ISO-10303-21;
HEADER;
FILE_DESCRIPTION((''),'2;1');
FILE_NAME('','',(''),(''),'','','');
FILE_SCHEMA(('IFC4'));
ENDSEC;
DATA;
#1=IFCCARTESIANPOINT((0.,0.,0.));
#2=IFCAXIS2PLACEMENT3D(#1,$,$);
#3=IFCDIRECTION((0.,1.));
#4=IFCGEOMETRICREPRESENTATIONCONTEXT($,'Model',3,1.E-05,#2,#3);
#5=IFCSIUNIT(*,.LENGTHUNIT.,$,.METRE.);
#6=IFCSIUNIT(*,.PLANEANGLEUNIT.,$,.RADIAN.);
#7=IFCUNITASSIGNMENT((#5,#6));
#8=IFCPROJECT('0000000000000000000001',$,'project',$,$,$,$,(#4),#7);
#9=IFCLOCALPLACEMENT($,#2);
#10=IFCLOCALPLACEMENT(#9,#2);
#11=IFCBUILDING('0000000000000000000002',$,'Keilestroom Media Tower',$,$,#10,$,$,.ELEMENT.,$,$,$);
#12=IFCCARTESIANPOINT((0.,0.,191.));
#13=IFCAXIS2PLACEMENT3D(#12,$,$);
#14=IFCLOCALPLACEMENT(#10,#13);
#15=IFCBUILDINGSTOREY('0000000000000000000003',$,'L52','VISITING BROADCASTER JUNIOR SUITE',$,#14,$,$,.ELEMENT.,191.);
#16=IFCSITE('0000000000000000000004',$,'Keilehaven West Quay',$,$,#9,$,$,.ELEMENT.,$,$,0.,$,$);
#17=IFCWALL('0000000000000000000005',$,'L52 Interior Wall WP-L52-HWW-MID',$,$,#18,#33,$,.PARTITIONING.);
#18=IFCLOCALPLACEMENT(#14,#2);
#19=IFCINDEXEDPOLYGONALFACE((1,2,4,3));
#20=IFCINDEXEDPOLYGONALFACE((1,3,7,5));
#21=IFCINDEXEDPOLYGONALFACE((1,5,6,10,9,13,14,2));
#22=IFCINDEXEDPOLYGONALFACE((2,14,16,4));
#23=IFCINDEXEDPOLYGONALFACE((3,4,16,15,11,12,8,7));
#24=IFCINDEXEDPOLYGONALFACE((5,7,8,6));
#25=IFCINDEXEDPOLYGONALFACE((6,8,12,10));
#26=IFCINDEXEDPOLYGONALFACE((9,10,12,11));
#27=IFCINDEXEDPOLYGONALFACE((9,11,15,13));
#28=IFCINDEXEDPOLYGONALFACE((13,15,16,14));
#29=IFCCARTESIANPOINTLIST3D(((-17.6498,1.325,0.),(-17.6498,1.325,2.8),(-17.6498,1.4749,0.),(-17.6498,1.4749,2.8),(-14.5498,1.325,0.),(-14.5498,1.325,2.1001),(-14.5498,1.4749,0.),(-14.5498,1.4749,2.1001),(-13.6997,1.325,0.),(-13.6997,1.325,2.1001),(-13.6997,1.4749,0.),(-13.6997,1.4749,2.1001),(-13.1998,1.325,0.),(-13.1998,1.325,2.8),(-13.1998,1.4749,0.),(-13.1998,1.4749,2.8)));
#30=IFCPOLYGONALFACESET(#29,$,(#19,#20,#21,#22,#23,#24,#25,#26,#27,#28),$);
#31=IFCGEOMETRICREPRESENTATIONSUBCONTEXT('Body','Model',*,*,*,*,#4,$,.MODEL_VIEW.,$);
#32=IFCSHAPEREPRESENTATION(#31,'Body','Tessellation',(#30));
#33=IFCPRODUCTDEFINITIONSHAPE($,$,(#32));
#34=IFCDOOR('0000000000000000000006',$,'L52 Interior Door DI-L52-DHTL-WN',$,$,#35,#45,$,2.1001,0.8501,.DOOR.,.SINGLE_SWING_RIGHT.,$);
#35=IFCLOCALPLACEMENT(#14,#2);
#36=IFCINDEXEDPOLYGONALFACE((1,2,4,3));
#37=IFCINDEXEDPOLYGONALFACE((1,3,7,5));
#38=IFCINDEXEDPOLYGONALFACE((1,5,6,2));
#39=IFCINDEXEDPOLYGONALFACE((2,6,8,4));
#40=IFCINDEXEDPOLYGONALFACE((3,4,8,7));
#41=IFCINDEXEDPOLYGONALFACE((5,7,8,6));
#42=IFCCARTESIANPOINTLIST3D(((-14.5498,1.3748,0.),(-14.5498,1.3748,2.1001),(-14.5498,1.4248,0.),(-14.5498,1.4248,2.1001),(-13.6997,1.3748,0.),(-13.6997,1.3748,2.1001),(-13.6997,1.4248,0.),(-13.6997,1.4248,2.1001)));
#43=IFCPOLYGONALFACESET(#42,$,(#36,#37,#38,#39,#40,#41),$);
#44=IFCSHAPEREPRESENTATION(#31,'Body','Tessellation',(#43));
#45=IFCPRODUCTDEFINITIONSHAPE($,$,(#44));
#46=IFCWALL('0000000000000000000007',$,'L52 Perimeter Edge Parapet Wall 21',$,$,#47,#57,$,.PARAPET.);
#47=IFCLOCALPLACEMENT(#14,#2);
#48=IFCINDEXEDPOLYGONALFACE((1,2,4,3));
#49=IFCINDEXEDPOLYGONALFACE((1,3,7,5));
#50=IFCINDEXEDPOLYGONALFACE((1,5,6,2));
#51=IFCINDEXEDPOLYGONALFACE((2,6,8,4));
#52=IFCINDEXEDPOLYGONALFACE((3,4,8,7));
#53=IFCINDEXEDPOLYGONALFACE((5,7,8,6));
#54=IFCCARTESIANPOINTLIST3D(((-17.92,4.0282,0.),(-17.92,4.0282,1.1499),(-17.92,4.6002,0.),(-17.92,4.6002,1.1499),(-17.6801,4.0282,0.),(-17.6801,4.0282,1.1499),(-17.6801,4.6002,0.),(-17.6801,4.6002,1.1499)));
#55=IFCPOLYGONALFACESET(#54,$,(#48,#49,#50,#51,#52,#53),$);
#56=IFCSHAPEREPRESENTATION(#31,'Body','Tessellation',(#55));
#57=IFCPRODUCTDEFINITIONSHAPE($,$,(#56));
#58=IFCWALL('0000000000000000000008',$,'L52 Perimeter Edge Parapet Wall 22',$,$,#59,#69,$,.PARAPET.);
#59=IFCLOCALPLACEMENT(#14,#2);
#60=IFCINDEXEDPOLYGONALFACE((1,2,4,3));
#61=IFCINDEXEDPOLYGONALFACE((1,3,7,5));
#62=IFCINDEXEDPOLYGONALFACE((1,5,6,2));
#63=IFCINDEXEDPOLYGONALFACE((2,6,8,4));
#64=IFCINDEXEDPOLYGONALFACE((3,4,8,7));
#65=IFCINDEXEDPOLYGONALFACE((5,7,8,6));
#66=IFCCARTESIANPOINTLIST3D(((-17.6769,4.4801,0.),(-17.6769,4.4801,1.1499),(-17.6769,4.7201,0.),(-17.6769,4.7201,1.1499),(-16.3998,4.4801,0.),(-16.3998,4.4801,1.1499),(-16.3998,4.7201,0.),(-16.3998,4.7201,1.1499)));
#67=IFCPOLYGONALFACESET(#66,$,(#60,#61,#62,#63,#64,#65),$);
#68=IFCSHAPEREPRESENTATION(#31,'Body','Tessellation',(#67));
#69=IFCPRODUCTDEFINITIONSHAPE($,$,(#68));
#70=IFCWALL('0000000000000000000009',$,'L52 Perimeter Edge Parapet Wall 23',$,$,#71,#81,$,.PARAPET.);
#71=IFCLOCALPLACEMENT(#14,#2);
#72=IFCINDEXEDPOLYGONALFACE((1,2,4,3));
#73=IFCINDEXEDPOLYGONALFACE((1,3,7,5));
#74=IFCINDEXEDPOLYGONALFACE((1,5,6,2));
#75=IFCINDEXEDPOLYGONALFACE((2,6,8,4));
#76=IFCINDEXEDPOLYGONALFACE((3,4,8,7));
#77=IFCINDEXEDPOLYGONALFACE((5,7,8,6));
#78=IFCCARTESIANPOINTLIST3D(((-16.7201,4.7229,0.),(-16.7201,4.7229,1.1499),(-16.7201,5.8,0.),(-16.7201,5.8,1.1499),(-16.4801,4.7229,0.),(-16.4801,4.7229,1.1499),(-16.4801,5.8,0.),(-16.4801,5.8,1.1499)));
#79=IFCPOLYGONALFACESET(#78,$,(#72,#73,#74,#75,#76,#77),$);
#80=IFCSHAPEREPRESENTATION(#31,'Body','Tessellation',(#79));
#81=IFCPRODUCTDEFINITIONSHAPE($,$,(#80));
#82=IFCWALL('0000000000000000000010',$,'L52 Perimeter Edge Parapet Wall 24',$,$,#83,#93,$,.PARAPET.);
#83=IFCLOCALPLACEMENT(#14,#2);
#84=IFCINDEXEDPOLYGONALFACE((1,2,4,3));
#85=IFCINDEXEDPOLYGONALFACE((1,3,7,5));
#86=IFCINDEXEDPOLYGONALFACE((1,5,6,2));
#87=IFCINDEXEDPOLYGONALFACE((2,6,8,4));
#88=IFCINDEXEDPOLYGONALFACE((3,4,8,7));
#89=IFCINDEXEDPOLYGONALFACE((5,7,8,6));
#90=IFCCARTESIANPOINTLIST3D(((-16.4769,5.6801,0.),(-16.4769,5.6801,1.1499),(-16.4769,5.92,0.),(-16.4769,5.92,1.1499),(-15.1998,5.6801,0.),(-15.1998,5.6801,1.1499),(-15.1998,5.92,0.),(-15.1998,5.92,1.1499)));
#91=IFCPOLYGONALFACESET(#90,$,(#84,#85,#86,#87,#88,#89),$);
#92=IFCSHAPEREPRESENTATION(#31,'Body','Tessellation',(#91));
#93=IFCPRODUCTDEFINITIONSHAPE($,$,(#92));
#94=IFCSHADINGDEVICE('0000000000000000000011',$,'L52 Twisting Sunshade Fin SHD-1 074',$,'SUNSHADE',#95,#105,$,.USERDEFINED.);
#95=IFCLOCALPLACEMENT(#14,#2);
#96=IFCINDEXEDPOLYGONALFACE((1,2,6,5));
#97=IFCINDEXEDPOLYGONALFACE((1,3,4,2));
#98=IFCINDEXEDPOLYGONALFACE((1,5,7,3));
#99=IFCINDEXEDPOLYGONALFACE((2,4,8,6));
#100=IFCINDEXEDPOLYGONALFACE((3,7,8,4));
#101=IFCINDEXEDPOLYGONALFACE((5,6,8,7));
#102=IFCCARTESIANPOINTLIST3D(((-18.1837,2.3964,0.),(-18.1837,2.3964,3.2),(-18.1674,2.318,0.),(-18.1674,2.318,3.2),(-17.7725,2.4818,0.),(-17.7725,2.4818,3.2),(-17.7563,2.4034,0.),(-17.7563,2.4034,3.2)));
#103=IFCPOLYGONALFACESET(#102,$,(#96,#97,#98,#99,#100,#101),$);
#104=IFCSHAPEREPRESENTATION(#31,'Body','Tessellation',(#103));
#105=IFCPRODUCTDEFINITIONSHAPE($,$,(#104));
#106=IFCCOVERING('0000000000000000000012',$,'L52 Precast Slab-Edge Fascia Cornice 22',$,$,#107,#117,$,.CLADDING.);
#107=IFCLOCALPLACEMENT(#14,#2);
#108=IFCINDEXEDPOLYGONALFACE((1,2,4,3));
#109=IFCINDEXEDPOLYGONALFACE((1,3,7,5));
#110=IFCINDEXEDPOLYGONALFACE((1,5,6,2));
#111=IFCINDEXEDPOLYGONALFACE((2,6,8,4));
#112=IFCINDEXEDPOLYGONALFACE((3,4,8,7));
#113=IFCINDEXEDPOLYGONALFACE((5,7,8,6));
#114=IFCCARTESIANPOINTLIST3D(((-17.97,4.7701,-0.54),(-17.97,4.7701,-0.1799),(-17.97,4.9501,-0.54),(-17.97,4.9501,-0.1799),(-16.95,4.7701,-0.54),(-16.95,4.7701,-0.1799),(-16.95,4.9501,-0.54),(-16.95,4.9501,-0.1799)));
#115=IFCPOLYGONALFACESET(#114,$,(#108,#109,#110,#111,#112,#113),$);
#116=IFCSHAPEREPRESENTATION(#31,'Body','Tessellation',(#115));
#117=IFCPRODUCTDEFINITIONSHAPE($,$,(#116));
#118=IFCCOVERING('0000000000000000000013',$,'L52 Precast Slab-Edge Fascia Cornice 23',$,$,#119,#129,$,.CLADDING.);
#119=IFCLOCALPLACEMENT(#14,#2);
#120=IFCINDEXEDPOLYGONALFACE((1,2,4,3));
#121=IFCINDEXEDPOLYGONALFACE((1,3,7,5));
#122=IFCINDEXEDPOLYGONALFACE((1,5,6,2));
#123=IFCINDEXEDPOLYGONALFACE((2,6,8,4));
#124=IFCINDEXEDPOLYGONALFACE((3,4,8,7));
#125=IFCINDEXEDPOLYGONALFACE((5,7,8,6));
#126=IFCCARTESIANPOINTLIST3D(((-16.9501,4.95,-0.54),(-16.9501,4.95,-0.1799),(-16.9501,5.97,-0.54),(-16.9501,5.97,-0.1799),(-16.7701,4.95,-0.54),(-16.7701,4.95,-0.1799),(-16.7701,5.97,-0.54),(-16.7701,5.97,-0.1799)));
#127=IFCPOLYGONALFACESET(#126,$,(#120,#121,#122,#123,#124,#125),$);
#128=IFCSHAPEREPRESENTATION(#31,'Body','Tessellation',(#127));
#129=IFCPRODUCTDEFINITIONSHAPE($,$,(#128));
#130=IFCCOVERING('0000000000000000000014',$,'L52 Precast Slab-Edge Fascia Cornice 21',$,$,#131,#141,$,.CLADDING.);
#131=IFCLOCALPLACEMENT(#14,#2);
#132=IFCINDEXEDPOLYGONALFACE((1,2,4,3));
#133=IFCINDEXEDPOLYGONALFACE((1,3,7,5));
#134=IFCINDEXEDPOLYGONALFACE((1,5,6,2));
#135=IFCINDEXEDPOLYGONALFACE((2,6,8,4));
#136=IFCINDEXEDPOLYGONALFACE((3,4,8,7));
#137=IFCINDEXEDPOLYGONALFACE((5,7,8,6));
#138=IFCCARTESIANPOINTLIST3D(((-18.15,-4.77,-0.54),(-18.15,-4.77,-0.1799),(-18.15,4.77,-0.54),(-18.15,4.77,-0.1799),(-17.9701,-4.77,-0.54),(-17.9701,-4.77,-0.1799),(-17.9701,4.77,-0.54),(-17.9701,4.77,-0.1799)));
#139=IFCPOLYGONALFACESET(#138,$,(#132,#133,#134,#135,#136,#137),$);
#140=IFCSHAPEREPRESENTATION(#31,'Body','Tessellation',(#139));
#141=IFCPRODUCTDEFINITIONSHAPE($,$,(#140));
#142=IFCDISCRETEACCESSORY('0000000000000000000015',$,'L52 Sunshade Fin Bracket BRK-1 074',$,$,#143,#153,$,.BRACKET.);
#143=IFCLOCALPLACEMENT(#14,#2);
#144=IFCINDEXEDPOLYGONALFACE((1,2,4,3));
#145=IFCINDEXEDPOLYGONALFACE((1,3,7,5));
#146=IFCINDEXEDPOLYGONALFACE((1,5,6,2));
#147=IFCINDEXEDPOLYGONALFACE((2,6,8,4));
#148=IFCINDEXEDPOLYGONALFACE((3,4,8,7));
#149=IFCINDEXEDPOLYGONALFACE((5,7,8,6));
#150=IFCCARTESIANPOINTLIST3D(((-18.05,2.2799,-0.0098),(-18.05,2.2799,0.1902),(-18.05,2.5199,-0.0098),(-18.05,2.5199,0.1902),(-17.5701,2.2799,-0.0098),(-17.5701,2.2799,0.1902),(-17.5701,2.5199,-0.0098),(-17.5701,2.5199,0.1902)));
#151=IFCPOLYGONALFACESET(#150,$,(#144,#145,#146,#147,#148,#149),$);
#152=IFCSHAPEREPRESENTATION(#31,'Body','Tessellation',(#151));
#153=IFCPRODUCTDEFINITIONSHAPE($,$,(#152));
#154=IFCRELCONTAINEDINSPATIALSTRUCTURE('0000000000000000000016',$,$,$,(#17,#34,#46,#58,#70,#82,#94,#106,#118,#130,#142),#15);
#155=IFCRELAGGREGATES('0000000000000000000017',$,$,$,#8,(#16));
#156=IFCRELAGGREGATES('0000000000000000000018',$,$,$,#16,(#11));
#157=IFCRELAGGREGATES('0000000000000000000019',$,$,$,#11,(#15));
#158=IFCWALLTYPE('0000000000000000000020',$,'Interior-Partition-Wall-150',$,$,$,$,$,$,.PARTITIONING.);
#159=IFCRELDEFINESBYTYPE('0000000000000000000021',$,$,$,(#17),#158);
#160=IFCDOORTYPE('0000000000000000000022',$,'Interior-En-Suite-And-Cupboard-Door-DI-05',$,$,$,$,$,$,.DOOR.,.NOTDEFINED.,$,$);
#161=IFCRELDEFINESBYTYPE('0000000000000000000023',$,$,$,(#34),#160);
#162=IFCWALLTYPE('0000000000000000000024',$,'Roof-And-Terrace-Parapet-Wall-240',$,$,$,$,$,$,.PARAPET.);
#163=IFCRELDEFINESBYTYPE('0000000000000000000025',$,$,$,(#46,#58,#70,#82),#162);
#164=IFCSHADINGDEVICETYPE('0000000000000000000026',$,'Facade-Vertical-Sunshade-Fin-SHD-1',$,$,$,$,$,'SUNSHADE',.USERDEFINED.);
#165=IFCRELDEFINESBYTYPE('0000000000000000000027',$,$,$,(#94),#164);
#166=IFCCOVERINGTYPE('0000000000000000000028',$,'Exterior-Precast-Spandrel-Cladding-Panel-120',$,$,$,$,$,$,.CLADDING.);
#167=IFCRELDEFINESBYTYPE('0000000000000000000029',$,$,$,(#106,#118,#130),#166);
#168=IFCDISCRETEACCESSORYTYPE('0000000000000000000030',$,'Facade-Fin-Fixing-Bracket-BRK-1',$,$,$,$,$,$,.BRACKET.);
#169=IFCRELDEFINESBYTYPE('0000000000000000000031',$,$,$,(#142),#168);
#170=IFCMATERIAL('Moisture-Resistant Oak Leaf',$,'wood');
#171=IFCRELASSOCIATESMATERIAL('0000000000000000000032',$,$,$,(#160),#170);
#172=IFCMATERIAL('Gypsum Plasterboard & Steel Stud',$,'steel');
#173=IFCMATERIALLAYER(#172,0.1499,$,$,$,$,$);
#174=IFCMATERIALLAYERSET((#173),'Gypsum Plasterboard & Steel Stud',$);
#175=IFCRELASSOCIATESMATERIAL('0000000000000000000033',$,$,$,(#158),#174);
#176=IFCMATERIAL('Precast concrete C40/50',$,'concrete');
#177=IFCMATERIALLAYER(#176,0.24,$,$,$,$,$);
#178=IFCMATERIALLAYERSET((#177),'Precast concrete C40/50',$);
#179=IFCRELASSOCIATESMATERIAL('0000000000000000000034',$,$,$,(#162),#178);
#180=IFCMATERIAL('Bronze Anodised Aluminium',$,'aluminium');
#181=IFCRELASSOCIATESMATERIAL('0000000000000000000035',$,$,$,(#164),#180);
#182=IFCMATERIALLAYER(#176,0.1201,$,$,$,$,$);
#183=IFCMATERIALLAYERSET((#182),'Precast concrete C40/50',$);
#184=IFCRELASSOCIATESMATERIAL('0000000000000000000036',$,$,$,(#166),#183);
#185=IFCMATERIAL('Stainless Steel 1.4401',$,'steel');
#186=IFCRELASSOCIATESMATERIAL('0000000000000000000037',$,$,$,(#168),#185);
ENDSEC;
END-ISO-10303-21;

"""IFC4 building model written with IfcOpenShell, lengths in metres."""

from ifc_helpers import new_model, si_unit, direction, frame, frame_2d, origin, origin_2d, place, context, subcontext, project, spatial, rectangle, extrude, source, transform, mapped, material, layer, layer_set, type_object, element, fill, save


model = new_model("IFC4")

# Units and contexts
model_context = context("Model", 3, precision=1e-05, world=origin(), true_north=direction((0.0, 1.0)))
body_context = subcontext(model_context, "Body", "Model", "MODEL_VIEW")
ifc_project = project(units=[si_unit("LENGTHUNIT", "METRE"), si_unit("PLANEANGLEUNIT", "RADIAN")], contexts=[model_context])

# Site, building, storey
site_placement = place(None, origin())
site = spatial("IfcSite", under=ifc_project, at=site_placement, Name="Keilehaven West Quay", CompositionType="ELEMENT", RefElevation=0.0)
building_placement = place(site_placement, origin())
building = spatial("IfcBuilding", under=site, at=building_placement, Name="Keilestroom Media Tower", CompositionType="ELEMENT")
storey_placement = place(building_placement, frame((0.0, 0.0, 191.0)))
storey = spatial("IfcBuildingStorey", under=building, at=storey_placement, Name="L52", Description="VISITING BROADCASTER JUNIOR SUITE", CompositionType="ELEMENT", Elevation=191.0)

# Shared definitions
ifc_material_1 = material(Name="Precast concrete C40/50", Category="concrete")

# Shared definitions
ifc_material_2 = material(Name="Gypsum Plasterboard & Steel Stud", Category="steel")

# Shared definitions
ifc_material_3 = material(Name="Moisture-Resistant Oak Leaf", Category="wood")
door_type = type_object("IfcDoorType", Name="Interior-En-Suite-And-Cupboard-Door-DI-05", OperationType="NOTDEFINED", PredefinedType="DOOR", material=ifc_material_3)
shared_shape_1 = source(origin(), body_context, "Body", "SweptSolid", [
    extrude(rectangle(XDim=0.8501, YDim=2.1001, at=frame_2d((0.425, 1.05))), frame((0.0, 0.0249, 0.0), z_axis=(0.0, -1.0, 0.0), x_axis=(1.0, 0.0, 0.0)), (0.0, 0.0, 1.0), 0.05),
])

# Wall, opening, door
ifc_layer_1 = layer(ifc_material_2, 0.1499)
ifc_layer_set_1 = layer_set([ifc_layer_1], Name="Gypsum Plasterboard & Steel Stud")
wall_type_1 = type_object("IfcWallType", Name="Interior-Partition-Wall-150", PredefinedType="PARTITIONING", material=ifc_layer_set_1)
wall_1_placement = place(storey_placement, frame((-17.6499, 1.3999, 0.0), z_axis=(0.0, 0.0, 1.0), x_axis=(1.0, 0.0, 0.0)))
wall_1 = element("IfcWall", 1, at=wall_1_placement, inside=storey, type_object=wall_type_1, Name="L52 Interior Wall WP-L52-HWW-MID", PredefinedType="PARTITIONING", context=body_context, shape_type="SweptSolid", body=[
    extrude(rectangle(XDim=4.45, YDim=0.1499, at=frame_2d((2.2251, 0.0))), origin(), (0.0, 0.0, 1.0), 2.8),
])
opening_1_placement = place(wall_1_placement, frame((3.1001, 0.0, 0.0)))
opening_1 = element("IfcOpeningElement", 2, at=opening_1_placement, cuts=wall_1, PredefinedType="OPENING", context=body_context, shape_type="SweptSolid", body=[
    extrude(rectangle(XDim=0.8501, YDim=2.1001, at=frame_2d((0.425, 1.05))), frame((0.0, 0.085, 0.0), z_axis=(0.0, -1.0, 0.0), x_axis=(1.0, 0.0, 0.0)), (0.0, 0.0, 1.0), 0.1699),
])
door_1_placement = place(opening_1_placement, origin())
door_1 = element("IfcDoor", 3, at=door_1_placement, inside=storey, type_object=door_type, Name="L52 Interior Door DI-L52-DHTL-WN", OperationType="SINGLE_SWING_RIGHT", OverallHeight=2.1001, OverallWidth=0.8501, PredefinedType="DOOR", context=body_context, shape_type="MappedRepresentation", body=[
    mapped(shared_shape_1, transform((0.0, 0.0, 0.0), x_axis=(1.0, 0.0, 0.0), y_axis=(0.0, 1.0, 0.0), z_axis=(0.0, 0.0, 1.0), scale=1.0)),
])
fill(opening_1, door_1)

# Walls
ifc_layer_2 = layer(ifc_material_1, 0.24)
ifc_layer_set_2 = layer_set([ifc_layer_2], Name="Precast concrete C40/50")
wall_type_2 = type_object("IfcWallType", Name="Roof-And-Terrace-Parapet-Wall-240", PredefinedType="PARAPET", material=ifc_layer_set_2)
wall_2_placement = place(storey_placement, frame((-17.8, 4.0281, 0.0), z_axis=(0.0, 0.0, 1.0), x_axis=(0.0, 1.0, 0.0)))
element("IfcWall", 4, at=wall_2_placement, inside=storey, type_object=wall_type_2, Name="L52 Perimeter Edge Parapet Wall 21", PredefinedType="PARAPET", context=body_context, shape_type="SweptSolid", body=[
    extrude(rectangle(XDim=0.572, YDim=0.24, at=frame_2d((0.2861, 0.0))), origin(), (0.0, 0.0, 1.0), 1.1499),
])
wall_3_placement = place(storey_placement, frame((-17.677, 4.6001, 0.0), z_axis=(0.0, 0.0, 1.0), x_axis=(1.0, 0.0, 0.0)))
element("IfcWall", 5, at=wall_3_placement, inside=storey, type_object=wall_type_2, Name="L52 Perimeter Edge Parapet Wall 22", PredefinedType="PARAPET", context=body_context, shape_type="SweptSolid", body=[
    extrude(rectangle(XDim=1.2771, YDim=0.24, at=frame_2d((0.6387, 0.0))), origin(), (0.0, 0.0, 1.0), 1.1499),
])
wall_4_placement = place(storey_placement, frame((-16.6001, 4.7229, 0.0), z_axis=(0.0, 0.0, 1.0), x_axis=(0.0, 1.0, 0.0)))
element("IfcWall", 6, at=wall_4_placement, inside=storey, type_object=wall_type_2, Name="L52 Perimeter Edge Parapet Wall 23", PredefinedType="PARAPET", context=body_context, shape_type="SweptSolid", body=[
    extrude(rectangle(XDim=1.0771, YDim=0.24, at=frame_2d((0.5386, 0.0))), origin(), (0.0, 0.0, 1.0), 1.1499),
])
wall_5_placement = place(storey_placement, frame((-16.4771, 5.8, 0.0), z_axis=(0.0, 0.0, 1.0), x_axis=(1.0, 0.0, 0.0)))
element("IfcWall", 7, at=wall_5_placement, inside=storey, type_object=wall_type_2, Name="L52 Perimeter Edge Parapet Wall 24", PredefinedType="PARAPET", context=body_context, shape_type="SweptSolid", body=[
    extrude(rectangle(XDim=1.2771, YDim=0.24, at=frame_2d((0.6387, 0.0))), origin(), (0.0, 0.0, 1.0), 1.1499),
])

# Shading device
ifc_material_4 = material(Name="Bronze Anodised Aluminium", Category="aluminium")
shading_device_type = type_object("IfcShadingDeviceType", Name="Facade-Vertical-Sunshade-Fin-SHD-1", ElementType="SUNSHADE", PredefinedType="USERDEFINED", material=ifc_material_4)
shared_shape_2 = source(origin(), body_context, "Body", "SweptSolid", [
    extrude(rectangle(XDim=0.4199, YDim=0.0801, at=origin_2d()), origin(), (0.0, 0.0, 1.0), 3.2),
])
shading_device_placement = place(storey_placement, frame((-17.97, 2.3999, 0.0), z_axis=(0.0, 0.0, 1.0), x_axis=(0.979081, 0.203471, 0.0)))
element("IfcShadingDevice", 8, at=shading_device_placement, inside=storey, type_object=shading_device_type, Name="L52 Twisting Sunshade Fin SHD-1 074", ObjectType="SUNSHADE", PredefinedType="USERDEFINED", context=body_context, shape_type="MappedRepresentation", body=[
    mapped(shared_shape_2, transform((0.0, 0.0, 0.0), x_axis=(1.0, 0.0, 0.0), y_axis=(0.0, 1.0, 0.0), z_axis=(0.0, 0.0, 1.0), scale=1.0)),
])

# Coverings
ifc_layer_3 = layer(ifc_material_1, 0.1201)
ifc_layer_set_3 = layer_set([ifc_layer_3], Name="Precast concrete C40/50")
covering_type = type_object("IfcCoveringType", Name="Exterior-Precast-Spandrel-Cladding-Panel-120", PredefinedType="CLADDING", material=ifc_layer_set_3)
shared_shape_3 = source(origin(), body_context, "Body", "SweptSolid", [
    extrude(rectangle(XDim=1.02, YDim=0.1799, at=origin_2d()), origin(), (0.0, 0.0, 1.0), 0.3601),
])
for number, where, z_axis, x_axis, name in (
    (9, (-17.46, 4.8601, -0.54), (0.0, 0.0, 1.0), (1.0, 0.0, 0.0), "L52 Precast Slab-Edge Fascia Cornice 22"),
    (10, (-16.8601, 5.46, -0.54), (0.0, 0.0, 1.0), (0.0, 1.0, 0.0), "L52 Precast Slab-Edge Fascia Cornice 23"),
):
    element("IfcCovering", number, at=place(storey_placement, frame(where, z_axis=z_axis, x_axis=x_axis)), inside=storey, type_object=covering_type, Name=name, PredefinedType="CLADDING", context=body_context, shape_type="MappedRepresentation", body=[
        mapped(shared_shape_3, transform((0.0, 0.0, 0.0), x_axis=(1.0, 0.0, 0.0), y_axis=(0.0, 1.0, 0.0), z_axis=(0.0, 0.0, 1.0), scale=1.0)),
    ])
shared_shape_4 = source(origin(), body_context, "Body", "SweptSolid", [
    extrude(rectangle(XDim=9.54, YDim=0.1799, at=origin_2d()), origin(), (0.0, 0.0, 1.0), 0.3601),
])
covering_placement = place(storey_placement, frame((-18.0601, 0.0, -0.54), z_axis=(0.0, 0.0, 1.0), x_axis=(0.0, 1.0, 0.0)))
element("IfcCovering", 11, at=covering_placement, inside=storey, type_object=covering_type, Name="L52 Precast Slab-Edge Fascia Cornice 21", PredefinedType="CLADDING", context=body_context, shape_type="MappedRepresentation", body=[
    mapped(shared_shape_4, transform((0.0, 0.0, 0.0), x_axis=(1.0, 0.0, 0.0), y_axis=(0.0, 1.0, 0.0), z_axis=(0.0, 0.0, 1.0), scale=1.0)),
])

# Discrete accessory
ifc_material_5 = material(Name="Stainless Steel 1.4401", Category="steel")
discrete_accessory_type = type_object("IfcDiscreteAccessoryType", Name="Facade-Fin-Fixing-Bracket-BRK-1", PredefinedType="BRACKET", material=ifc_material_5)
shared_shape_5 = source(origin(), body_context, "Body", "SweptSolid", [
    extrude(rectangle(XDim=0.48, YDim=0.24, at=origin_2d()), origin(), (0.0, 0.0, 1.0), 0.2),
])
discrete_accessory_placement = place(storey_placement, frame((-17.8101, 2.3999, -0.0098), z_axis=(0.0, 0.0, 1.0), x_axis=(1.0, 0.0, 0.0)))
element("IfcDiscreteAccessory", 12, at=discrete_accessory_placement, inside=storey, type_object=discrete_accessory_type, Name="L52 Sunshade Fin Bracket BRK-1 074", PredefinedType="BRACKET", context=body_context, shape_type="MappedRepresentation", body=[
    mapped(shared_shape_5, transform((0.0, 0.0, 0.0), x_axis=(1.0, 0.0, 0.0), y_axis=(0.0, 1.0, 0.0), z_axis=(0.0, 0.0, 1.0), scale=1.0)),
])

save(model, "model.ifc")
